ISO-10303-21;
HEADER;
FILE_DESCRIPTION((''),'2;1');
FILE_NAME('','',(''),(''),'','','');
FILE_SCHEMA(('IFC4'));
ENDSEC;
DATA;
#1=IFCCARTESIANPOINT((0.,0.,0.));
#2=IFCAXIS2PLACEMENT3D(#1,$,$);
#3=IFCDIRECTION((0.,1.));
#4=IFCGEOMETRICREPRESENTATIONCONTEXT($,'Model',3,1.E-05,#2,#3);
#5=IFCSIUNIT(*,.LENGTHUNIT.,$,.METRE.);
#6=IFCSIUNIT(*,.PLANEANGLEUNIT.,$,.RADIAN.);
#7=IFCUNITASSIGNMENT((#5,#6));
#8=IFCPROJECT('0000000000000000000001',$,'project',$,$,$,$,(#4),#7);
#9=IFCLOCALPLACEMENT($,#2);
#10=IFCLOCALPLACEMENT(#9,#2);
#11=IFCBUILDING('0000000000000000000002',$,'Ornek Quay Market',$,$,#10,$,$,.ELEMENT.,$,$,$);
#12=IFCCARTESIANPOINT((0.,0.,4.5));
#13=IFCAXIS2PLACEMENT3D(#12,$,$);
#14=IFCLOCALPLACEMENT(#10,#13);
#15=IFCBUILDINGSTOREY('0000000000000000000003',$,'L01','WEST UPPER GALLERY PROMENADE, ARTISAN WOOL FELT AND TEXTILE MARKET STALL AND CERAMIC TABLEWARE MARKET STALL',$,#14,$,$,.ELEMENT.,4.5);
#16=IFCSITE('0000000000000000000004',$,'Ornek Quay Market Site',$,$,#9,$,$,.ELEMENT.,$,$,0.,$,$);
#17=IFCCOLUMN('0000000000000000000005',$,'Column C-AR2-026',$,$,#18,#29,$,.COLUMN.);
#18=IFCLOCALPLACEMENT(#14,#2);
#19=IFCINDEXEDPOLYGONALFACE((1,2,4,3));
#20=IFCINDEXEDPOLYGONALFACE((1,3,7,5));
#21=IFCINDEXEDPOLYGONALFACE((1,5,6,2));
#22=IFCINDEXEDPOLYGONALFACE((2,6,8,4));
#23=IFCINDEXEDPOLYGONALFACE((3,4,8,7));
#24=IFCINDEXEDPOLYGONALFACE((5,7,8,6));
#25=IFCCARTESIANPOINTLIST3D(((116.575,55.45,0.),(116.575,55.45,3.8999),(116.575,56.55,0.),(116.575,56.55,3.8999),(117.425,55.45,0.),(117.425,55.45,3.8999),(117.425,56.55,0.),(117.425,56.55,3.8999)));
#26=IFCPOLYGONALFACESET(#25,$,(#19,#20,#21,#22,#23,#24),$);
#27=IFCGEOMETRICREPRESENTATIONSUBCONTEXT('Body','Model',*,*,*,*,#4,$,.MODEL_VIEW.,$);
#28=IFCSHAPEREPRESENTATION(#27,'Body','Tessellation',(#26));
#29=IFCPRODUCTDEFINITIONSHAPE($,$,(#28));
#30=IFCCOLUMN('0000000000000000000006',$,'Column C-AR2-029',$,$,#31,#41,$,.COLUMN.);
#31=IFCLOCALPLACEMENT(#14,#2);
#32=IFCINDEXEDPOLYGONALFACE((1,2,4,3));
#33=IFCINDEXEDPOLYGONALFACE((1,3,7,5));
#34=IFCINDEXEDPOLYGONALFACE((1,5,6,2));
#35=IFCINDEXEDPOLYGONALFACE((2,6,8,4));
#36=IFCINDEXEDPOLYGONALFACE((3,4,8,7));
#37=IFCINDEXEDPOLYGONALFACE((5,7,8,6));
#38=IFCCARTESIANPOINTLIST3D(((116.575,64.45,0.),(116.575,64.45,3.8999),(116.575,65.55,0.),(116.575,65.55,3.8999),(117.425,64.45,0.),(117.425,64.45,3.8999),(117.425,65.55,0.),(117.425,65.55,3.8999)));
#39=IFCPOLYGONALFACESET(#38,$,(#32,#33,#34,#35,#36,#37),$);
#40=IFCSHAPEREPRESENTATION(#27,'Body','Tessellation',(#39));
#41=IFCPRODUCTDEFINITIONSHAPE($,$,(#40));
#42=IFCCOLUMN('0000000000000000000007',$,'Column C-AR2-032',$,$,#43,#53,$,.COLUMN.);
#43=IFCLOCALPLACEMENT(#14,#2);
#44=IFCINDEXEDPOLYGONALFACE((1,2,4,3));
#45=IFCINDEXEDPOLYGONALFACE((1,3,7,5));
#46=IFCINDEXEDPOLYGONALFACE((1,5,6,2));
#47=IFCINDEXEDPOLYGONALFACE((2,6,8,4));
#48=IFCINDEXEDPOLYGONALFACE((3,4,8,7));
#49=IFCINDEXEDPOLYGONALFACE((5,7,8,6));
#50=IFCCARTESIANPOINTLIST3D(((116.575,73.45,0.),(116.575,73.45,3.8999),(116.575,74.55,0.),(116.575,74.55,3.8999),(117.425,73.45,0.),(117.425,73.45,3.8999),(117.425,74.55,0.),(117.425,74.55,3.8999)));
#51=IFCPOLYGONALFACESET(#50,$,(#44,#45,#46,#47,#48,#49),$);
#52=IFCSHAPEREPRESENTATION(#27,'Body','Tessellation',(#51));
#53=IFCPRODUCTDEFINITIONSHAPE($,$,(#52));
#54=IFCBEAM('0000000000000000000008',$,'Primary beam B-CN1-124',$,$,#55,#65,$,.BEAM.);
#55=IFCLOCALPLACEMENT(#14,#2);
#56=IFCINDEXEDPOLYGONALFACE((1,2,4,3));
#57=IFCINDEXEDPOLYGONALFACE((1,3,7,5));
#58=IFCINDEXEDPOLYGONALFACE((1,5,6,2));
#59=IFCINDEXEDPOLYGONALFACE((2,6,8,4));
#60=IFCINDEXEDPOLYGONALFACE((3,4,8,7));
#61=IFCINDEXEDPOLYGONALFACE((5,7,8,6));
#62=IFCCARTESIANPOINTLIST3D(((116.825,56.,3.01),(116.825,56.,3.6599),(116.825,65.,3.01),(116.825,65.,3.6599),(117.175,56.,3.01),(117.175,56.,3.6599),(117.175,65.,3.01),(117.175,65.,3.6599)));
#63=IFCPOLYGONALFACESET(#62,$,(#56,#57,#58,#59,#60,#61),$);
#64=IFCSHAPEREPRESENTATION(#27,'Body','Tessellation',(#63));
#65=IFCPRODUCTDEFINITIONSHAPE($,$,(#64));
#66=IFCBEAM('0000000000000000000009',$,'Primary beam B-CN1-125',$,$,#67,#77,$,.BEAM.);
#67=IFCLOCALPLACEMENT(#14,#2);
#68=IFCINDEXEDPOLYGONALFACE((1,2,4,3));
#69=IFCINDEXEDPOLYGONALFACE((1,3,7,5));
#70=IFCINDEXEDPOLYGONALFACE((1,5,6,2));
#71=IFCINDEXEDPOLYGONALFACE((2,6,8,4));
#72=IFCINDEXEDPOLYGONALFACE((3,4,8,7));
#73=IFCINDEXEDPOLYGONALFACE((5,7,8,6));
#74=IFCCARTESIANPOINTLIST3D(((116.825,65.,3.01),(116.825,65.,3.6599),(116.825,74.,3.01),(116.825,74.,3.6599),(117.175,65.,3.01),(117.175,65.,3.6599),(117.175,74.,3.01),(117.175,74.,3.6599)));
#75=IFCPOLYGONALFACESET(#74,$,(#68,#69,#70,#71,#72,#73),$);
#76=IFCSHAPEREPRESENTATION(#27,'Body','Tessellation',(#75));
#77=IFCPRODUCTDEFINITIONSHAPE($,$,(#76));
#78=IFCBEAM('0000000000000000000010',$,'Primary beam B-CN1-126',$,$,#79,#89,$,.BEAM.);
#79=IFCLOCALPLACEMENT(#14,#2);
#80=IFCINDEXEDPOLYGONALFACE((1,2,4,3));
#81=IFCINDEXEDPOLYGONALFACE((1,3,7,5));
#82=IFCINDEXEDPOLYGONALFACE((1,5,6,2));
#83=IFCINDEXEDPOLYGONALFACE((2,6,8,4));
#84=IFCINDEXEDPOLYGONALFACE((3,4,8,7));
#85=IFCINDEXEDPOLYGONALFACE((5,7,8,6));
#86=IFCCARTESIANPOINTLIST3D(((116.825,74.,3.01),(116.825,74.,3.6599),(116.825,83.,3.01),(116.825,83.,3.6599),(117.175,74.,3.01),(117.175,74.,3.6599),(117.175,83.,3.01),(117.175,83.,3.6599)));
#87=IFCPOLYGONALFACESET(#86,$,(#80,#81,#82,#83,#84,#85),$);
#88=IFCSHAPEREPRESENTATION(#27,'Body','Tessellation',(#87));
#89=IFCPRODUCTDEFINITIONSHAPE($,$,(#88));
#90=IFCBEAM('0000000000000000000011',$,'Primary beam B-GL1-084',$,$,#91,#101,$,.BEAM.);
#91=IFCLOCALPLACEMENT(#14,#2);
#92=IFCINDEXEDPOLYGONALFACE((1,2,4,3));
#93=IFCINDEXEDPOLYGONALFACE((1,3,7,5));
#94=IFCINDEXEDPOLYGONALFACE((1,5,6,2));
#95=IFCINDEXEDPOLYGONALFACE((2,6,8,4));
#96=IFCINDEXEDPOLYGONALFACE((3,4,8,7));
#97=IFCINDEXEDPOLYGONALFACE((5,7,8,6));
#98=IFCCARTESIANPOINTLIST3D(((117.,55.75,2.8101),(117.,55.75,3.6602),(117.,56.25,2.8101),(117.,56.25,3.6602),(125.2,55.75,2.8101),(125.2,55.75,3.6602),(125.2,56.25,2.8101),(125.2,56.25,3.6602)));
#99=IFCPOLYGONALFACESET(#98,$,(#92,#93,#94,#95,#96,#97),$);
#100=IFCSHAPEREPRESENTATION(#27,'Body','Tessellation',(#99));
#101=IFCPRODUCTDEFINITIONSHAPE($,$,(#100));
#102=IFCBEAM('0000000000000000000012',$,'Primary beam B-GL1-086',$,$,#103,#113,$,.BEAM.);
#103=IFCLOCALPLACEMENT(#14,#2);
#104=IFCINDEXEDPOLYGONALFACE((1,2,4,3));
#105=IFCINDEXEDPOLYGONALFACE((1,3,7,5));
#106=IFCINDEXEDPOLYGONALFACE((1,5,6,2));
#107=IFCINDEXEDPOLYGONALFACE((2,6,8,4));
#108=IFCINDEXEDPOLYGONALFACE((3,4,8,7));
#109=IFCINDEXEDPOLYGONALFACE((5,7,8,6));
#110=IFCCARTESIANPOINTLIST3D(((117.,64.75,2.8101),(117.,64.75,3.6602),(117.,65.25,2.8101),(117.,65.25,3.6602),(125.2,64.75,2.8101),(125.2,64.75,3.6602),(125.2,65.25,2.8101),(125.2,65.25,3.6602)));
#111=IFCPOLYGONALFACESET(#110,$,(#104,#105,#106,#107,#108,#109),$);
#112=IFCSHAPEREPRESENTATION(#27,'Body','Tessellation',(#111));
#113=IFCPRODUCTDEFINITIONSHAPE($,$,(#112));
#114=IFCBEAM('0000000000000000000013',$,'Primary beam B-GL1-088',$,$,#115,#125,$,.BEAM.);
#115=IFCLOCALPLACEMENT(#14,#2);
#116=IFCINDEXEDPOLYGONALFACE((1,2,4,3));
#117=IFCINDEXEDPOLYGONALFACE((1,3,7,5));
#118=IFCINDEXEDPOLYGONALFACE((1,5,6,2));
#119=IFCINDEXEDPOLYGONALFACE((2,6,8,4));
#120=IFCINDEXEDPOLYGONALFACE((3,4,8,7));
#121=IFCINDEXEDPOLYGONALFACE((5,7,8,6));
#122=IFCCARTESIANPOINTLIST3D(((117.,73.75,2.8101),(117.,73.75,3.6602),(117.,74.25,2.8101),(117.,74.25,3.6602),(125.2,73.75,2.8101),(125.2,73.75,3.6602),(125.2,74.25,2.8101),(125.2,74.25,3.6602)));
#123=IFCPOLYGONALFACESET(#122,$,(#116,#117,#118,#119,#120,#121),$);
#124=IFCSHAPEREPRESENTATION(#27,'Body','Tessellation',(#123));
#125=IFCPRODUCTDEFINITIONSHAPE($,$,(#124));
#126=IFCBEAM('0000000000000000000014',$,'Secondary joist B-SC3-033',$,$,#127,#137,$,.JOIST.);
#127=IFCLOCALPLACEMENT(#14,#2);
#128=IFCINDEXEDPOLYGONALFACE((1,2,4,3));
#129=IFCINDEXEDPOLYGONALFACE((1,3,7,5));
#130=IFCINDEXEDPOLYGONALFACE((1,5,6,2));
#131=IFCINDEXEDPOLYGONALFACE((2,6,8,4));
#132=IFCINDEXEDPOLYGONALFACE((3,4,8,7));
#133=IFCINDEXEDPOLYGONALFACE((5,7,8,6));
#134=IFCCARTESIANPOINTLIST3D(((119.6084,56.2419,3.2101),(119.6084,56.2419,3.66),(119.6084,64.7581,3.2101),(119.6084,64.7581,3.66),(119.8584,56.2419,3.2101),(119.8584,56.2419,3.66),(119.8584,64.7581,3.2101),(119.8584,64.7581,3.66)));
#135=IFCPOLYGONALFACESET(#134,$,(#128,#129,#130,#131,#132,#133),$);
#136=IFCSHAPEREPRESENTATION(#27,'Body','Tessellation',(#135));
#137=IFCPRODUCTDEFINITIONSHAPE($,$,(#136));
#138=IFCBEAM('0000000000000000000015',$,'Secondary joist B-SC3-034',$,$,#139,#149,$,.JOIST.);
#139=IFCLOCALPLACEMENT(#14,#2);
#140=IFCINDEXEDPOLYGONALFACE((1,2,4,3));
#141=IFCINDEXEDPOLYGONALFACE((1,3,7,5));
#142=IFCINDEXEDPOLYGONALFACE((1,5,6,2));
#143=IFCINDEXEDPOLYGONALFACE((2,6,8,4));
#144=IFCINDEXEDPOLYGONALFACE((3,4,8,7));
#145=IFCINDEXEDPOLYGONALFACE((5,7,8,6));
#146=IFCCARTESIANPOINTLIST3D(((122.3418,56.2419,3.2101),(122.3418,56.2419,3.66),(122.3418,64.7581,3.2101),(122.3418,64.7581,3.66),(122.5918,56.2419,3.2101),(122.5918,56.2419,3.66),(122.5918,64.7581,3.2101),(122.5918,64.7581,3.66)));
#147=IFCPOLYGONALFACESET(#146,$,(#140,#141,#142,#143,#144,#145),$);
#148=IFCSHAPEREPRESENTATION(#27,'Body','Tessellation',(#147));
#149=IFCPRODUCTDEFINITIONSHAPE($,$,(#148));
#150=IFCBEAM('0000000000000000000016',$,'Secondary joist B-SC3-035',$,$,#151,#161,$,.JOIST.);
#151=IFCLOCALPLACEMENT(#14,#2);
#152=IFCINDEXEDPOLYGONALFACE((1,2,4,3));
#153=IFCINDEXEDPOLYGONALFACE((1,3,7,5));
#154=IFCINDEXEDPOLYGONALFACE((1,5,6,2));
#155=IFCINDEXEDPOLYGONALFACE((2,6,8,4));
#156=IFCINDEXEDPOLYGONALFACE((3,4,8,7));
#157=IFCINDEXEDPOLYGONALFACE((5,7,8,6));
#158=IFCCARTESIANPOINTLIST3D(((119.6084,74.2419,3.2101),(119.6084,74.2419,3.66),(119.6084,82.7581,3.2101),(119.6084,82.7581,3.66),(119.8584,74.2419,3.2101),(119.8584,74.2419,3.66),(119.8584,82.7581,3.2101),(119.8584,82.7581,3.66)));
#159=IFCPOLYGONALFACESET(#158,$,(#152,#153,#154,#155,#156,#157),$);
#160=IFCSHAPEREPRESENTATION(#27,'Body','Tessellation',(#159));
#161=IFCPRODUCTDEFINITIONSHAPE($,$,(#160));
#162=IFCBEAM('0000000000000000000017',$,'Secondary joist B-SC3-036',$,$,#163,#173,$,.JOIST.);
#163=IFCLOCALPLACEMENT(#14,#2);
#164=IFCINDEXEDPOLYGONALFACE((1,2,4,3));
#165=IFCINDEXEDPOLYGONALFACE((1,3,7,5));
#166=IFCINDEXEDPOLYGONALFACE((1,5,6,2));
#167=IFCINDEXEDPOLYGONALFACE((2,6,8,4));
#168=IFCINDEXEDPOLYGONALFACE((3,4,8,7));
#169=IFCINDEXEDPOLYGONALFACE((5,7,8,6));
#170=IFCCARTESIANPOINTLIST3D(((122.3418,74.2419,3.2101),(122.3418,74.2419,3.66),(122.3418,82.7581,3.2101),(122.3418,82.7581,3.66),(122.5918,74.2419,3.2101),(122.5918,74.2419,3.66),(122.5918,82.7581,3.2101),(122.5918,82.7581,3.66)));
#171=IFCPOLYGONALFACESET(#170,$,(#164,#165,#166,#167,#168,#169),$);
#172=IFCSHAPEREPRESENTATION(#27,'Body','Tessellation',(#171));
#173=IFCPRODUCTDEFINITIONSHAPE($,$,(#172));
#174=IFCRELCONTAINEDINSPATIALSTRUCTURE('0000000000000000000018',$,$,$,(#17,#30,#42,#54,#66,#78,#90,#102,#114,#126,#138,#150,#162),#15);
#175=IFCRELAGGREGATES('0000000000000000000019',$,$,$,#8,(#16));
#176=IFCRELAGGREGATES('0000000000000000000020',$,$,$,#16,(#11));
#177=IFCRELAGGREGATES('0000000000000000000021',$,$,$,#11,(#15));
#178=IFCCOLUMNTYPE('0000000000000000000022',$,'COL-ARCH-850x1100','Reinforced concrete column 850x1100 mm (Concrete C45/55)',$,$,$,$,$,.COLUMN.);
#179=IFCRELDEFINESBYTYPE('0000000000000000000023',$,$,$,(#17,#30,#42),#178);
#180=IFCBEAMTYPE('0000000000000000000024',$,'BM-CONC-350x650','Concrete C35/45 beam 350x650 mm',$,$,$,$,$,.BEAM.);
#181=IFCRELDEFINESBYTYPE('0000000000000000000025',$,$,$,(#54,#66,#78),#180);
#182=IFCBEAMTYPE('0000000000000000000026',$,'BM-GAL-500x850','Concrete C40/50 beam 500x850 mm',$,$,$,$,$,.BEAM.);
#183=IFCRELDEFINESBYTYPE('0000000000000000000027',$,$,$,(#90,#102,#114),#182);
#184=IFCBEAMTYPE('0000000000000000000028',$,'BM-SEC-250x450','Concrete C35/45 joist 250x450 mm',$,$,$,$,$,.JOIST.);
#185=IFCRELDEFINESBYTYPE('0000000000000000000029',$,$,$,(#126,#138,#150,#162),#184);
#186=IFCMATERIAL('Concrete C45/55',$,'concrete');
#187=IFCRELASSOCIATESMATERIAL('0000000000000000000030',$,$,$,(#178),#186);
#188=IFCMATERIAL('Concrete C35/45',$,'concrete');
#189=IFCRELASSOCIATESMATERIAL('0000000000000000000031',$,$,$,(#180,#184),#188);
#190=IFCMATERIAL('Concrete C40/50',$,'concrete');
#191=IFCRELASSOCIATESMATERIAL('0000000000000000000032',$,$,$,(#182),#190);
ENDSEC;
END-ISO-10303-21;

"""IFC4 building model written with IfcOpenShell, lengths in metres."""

from ifc_helpers import new_model, si_unit, direction, frame, origin, origin_2d, place, context, subcontext, project, spatial, rectangle, extrude, material, material_profile, profile_set, type_object, element, save


model = new_model("IFC4")

# Units and contexts
model_context = context("Model", 3, precision=1e-05, world=origin(), true_north=direction((0.0, 1.0)))
body_context = subcontext(model_context, "Body", "Model", "MODEL_VIEW")
ifc_project = project(units=[si_unit("LENGTHUNIT", "METRE"), si_unit("PLANEANGLEUNIT", "RADIAN")], contexts=[model_context])

# Site, building, storey
site_placement = place(None, origin())
site = spatial("IfcSite", under=ifc_project, at=site_placement, Name="Ornek Quay Market Site", CompositionType="ELEMENT", RefElevation=0.0)
building_placement = place(site_placement, origin())
building = spatial("IfcBuilding", under=site, at=building_placement, Name="Ornek Quay Market", CompositionType="ELEMENT")
storey_placement = place(building_placement, frame((0.0, 0.0, 4.5)))
storey = spatial("IfcBuildingStorey", under=building, at=storey_placement, Name="L01", Description="WEST UPPER GALLERY PROMENADE, ARTISAN WOOL FELT AND TEXTILE MARKET STALL AND CERAMIC TABLEWARE MARKET STALL", CompositionType="ELEMENT", Elevation=4.5)

# Columns
ifc_material_1 = material(Name="Concrete C45/55", Category="concrete")
ifc_material_profile_1 = material_profile(ifc_material_1, rectangle(XDim=0.8501, YDim=1.1001, at=origin_2d()), Name="RC 850x1100", Category="concrete")
ifc_profile_set_1 = profile_set([ifc_material_profile_1], Name="Concrete C45/55")
column_type = type_object("IfcColumnType", Name="COL-ARCH-850x1100", Description="Reinforced concrete column 850x1100 mm (Concrete C45/55)", PredefinedType="COLUMN", material=ifc_profile_set_1)
for number, where, z_axis, x_axis, name in (
    (1, (117.0, 56.0, 0.0), (0.0, 0.0, 1.0), (1.0, 0.0, 0.0), "Column C-AR2-026"),
    (2, (117.0, 65.0, 0.0), (0.0, 0.0, 1.0), (1.0, 0.0, 0.0), "Column C-AR2-029"),
    (3, (117.0, 74.0, 0.0), (0.0, 0.0, 1.0), (1.0, 0.0, 0.0), "Column C-AR2-032"),
):
    element("IfcColumn", number, at=place(storey_placement, frame(where, z_axis=z_axis, x_axis=x_axis)), inside=storey, type_object=column_type, Name=name, PredefinedType="COLUMN", context=body_context, shape_type="SweptSolid", body=[
        extrude(rectangle(XDim=0.8501, YDim=1.1001, at=origin_2d()), origin(), (0.0, 0.0, 1.0), 3.8999),
    ])

# Beams
ifc_material_2 = material(Name="Concrete C35/45", Category="concrete")
ifc_material_profile_2 = material_profile(ifc_material_2, rectangle(XDim=0.3501, YDim=0.6499, at=origin_2d()), Name="RC 350x650", Category="concrete")
ifc_profile_set_2 = profile_set([ifc_material_profile_2], Name="Concrete C35/45")
beam_type_1 = type_object("IfcBeamType", Name="BM-CONC-350x650", Description="Concrete C35/45 beam 350x650 mm", PredefinedType="BEAM", material=ifc_profile_set_2)
for number, where, z_axis, x_axis, name in (
    (4, (117.0, 56.0, 3.335), (0.0, 1.0, 0.0), (-1.0, 0.0, 0.0), "Primary beam B-CN1-124"),
    (5, (117.0, 65.0, 3.335), (0.0, 1.0, 0.0), (-1.0, 0.0, 0.0), "Primary beam B-CN1-125"),
    (6, (117.0, 74.0, 3.335), (0.0, 1.0, 0.0), (-1.0, 0.0, 0.0), "Primary beam B-CN1-126"),
):
    element("IfcBeam", number, at=place(storey_placement, frame(where, z_axis=z_axis, x_axis=x_axis)), inside=storey, type_object=beam_type_1, Name=name, PredefinedType="BEAM", context=body_context, shape_type="SweptSolid", body=[
        extrude(rectangle(XDim=0.3501, YDim=0.6499, at=origin_2d()), origin(), (0.0, 0.0, 1.0), 9.0),
    ])
ifc_material_3 = material(Name="Concrete C40/50", Category="concrete")
ifc_material_profile_3 = material_profile(ifc_material_3, rectangle(XDim=0.5, YDim=0.8501, at=origin_2d()), Name="RC 500x850", Category="concrete")
ifc_profile_set_3 = profile_set([ifc_material_profile_3], Name="Concrete C40/50")
beam_type_2 = type_object("IfcBeamType", Name="BM-GAL-500x850", Description="Concrete C40/50 beam 500x850 mm", PredefinedType="BEAM", material=ifc_profile_set_3)
for number, where, z_axis, x_axis, name in (
    (7, (117.0, 56.0, 3.2351), (1.0, 0.0, 0.0), (0.0, 1.0, 0.0), "Primary beam B-GL1-084"),
    (8, (117.0, 65.0, 3.2351), (1.0, 0.0, 0.0), (0.0, 1.0, 0.0), "Primary beam B-GL1-086"),
    (9, (117.0, 74.0, 3.2351), (1.0, 0.0, 0.0), (0.0, 1.0, 0.0), "Primary beam B-GL1-088"),
):
    element("IfcBeam", number, at=place(storey_placement, frame(where, z_axis=z_axis, x_axis=x_axis)), inside=storey, type_object=beam_type_2, Name=name, PredefinedType="BEAM", context=body_context, shape_type="SweptSolid", body=[
        extrude(rectangle(XDim=0.5, YDim=0.8501, at=origin_2d()), origin(), (0.0, 0.0, 1.0), 8.2),
    ])
ifc_material_profile_4 = material_profile(ifc_material_2, rectangle(XDim=0.25, YDim=0.45, at=origin_2d()), Name="RC 250x450", Category="concrete")
ifc_profile_set_4 = profile_set([ifc_material_profile_4], Name="Concrete C35/45")
beam_type_3 = type_object("IfcBeamType", Name="BM-SEC-250x450", Description="Concrete C35/45 joist 250x450 mm", PredefinedType="JOIST", material=ifc_profile_set_4)
for number, where, z_axis, x_axis, name in (
    (10, (119.7334, 56.2419, 3.4351), (0.0, 1.0, 0.0), (-1.0, 0.0, 0.0), "Secondary joist B-SC3-033"),
    (11, (122.4668, 56.2419, 3.4351), (0.0, 1.0, 0.0), (-1.0, 0.0, 0.0), "Secondary joist B-SC3-034"),
    (12, (119.7334, 74.2419, 3.4351), (0.0, 1.0, 0.0), (-1.0, 0.0, 0.0), "Secondary joist B-SC3-035"),
    (13, (122.4668, 74.2419, 3.4351), (0.0, 1.0, 0.0), (-1.0, 0.0, 0.0), "Secondary joist B-SC3-036"),
):
    element("IfcBeam", number, at=place(storey_placement, frame(where, z_axis=z_axis, x_axis=x_axis)), inside=storey, type_object=beam_type_3, Name=name, PredefinedType="JOIST", context=body_context, shape_type="SweptSolid", body=[
        extrude(rectangle(XDim=0.25, YDim=0.45, at=origin_2d()), origin(), (0.0, 0.0, 1.0), 8.5161),
    ])

save(model, "model.ifc")
